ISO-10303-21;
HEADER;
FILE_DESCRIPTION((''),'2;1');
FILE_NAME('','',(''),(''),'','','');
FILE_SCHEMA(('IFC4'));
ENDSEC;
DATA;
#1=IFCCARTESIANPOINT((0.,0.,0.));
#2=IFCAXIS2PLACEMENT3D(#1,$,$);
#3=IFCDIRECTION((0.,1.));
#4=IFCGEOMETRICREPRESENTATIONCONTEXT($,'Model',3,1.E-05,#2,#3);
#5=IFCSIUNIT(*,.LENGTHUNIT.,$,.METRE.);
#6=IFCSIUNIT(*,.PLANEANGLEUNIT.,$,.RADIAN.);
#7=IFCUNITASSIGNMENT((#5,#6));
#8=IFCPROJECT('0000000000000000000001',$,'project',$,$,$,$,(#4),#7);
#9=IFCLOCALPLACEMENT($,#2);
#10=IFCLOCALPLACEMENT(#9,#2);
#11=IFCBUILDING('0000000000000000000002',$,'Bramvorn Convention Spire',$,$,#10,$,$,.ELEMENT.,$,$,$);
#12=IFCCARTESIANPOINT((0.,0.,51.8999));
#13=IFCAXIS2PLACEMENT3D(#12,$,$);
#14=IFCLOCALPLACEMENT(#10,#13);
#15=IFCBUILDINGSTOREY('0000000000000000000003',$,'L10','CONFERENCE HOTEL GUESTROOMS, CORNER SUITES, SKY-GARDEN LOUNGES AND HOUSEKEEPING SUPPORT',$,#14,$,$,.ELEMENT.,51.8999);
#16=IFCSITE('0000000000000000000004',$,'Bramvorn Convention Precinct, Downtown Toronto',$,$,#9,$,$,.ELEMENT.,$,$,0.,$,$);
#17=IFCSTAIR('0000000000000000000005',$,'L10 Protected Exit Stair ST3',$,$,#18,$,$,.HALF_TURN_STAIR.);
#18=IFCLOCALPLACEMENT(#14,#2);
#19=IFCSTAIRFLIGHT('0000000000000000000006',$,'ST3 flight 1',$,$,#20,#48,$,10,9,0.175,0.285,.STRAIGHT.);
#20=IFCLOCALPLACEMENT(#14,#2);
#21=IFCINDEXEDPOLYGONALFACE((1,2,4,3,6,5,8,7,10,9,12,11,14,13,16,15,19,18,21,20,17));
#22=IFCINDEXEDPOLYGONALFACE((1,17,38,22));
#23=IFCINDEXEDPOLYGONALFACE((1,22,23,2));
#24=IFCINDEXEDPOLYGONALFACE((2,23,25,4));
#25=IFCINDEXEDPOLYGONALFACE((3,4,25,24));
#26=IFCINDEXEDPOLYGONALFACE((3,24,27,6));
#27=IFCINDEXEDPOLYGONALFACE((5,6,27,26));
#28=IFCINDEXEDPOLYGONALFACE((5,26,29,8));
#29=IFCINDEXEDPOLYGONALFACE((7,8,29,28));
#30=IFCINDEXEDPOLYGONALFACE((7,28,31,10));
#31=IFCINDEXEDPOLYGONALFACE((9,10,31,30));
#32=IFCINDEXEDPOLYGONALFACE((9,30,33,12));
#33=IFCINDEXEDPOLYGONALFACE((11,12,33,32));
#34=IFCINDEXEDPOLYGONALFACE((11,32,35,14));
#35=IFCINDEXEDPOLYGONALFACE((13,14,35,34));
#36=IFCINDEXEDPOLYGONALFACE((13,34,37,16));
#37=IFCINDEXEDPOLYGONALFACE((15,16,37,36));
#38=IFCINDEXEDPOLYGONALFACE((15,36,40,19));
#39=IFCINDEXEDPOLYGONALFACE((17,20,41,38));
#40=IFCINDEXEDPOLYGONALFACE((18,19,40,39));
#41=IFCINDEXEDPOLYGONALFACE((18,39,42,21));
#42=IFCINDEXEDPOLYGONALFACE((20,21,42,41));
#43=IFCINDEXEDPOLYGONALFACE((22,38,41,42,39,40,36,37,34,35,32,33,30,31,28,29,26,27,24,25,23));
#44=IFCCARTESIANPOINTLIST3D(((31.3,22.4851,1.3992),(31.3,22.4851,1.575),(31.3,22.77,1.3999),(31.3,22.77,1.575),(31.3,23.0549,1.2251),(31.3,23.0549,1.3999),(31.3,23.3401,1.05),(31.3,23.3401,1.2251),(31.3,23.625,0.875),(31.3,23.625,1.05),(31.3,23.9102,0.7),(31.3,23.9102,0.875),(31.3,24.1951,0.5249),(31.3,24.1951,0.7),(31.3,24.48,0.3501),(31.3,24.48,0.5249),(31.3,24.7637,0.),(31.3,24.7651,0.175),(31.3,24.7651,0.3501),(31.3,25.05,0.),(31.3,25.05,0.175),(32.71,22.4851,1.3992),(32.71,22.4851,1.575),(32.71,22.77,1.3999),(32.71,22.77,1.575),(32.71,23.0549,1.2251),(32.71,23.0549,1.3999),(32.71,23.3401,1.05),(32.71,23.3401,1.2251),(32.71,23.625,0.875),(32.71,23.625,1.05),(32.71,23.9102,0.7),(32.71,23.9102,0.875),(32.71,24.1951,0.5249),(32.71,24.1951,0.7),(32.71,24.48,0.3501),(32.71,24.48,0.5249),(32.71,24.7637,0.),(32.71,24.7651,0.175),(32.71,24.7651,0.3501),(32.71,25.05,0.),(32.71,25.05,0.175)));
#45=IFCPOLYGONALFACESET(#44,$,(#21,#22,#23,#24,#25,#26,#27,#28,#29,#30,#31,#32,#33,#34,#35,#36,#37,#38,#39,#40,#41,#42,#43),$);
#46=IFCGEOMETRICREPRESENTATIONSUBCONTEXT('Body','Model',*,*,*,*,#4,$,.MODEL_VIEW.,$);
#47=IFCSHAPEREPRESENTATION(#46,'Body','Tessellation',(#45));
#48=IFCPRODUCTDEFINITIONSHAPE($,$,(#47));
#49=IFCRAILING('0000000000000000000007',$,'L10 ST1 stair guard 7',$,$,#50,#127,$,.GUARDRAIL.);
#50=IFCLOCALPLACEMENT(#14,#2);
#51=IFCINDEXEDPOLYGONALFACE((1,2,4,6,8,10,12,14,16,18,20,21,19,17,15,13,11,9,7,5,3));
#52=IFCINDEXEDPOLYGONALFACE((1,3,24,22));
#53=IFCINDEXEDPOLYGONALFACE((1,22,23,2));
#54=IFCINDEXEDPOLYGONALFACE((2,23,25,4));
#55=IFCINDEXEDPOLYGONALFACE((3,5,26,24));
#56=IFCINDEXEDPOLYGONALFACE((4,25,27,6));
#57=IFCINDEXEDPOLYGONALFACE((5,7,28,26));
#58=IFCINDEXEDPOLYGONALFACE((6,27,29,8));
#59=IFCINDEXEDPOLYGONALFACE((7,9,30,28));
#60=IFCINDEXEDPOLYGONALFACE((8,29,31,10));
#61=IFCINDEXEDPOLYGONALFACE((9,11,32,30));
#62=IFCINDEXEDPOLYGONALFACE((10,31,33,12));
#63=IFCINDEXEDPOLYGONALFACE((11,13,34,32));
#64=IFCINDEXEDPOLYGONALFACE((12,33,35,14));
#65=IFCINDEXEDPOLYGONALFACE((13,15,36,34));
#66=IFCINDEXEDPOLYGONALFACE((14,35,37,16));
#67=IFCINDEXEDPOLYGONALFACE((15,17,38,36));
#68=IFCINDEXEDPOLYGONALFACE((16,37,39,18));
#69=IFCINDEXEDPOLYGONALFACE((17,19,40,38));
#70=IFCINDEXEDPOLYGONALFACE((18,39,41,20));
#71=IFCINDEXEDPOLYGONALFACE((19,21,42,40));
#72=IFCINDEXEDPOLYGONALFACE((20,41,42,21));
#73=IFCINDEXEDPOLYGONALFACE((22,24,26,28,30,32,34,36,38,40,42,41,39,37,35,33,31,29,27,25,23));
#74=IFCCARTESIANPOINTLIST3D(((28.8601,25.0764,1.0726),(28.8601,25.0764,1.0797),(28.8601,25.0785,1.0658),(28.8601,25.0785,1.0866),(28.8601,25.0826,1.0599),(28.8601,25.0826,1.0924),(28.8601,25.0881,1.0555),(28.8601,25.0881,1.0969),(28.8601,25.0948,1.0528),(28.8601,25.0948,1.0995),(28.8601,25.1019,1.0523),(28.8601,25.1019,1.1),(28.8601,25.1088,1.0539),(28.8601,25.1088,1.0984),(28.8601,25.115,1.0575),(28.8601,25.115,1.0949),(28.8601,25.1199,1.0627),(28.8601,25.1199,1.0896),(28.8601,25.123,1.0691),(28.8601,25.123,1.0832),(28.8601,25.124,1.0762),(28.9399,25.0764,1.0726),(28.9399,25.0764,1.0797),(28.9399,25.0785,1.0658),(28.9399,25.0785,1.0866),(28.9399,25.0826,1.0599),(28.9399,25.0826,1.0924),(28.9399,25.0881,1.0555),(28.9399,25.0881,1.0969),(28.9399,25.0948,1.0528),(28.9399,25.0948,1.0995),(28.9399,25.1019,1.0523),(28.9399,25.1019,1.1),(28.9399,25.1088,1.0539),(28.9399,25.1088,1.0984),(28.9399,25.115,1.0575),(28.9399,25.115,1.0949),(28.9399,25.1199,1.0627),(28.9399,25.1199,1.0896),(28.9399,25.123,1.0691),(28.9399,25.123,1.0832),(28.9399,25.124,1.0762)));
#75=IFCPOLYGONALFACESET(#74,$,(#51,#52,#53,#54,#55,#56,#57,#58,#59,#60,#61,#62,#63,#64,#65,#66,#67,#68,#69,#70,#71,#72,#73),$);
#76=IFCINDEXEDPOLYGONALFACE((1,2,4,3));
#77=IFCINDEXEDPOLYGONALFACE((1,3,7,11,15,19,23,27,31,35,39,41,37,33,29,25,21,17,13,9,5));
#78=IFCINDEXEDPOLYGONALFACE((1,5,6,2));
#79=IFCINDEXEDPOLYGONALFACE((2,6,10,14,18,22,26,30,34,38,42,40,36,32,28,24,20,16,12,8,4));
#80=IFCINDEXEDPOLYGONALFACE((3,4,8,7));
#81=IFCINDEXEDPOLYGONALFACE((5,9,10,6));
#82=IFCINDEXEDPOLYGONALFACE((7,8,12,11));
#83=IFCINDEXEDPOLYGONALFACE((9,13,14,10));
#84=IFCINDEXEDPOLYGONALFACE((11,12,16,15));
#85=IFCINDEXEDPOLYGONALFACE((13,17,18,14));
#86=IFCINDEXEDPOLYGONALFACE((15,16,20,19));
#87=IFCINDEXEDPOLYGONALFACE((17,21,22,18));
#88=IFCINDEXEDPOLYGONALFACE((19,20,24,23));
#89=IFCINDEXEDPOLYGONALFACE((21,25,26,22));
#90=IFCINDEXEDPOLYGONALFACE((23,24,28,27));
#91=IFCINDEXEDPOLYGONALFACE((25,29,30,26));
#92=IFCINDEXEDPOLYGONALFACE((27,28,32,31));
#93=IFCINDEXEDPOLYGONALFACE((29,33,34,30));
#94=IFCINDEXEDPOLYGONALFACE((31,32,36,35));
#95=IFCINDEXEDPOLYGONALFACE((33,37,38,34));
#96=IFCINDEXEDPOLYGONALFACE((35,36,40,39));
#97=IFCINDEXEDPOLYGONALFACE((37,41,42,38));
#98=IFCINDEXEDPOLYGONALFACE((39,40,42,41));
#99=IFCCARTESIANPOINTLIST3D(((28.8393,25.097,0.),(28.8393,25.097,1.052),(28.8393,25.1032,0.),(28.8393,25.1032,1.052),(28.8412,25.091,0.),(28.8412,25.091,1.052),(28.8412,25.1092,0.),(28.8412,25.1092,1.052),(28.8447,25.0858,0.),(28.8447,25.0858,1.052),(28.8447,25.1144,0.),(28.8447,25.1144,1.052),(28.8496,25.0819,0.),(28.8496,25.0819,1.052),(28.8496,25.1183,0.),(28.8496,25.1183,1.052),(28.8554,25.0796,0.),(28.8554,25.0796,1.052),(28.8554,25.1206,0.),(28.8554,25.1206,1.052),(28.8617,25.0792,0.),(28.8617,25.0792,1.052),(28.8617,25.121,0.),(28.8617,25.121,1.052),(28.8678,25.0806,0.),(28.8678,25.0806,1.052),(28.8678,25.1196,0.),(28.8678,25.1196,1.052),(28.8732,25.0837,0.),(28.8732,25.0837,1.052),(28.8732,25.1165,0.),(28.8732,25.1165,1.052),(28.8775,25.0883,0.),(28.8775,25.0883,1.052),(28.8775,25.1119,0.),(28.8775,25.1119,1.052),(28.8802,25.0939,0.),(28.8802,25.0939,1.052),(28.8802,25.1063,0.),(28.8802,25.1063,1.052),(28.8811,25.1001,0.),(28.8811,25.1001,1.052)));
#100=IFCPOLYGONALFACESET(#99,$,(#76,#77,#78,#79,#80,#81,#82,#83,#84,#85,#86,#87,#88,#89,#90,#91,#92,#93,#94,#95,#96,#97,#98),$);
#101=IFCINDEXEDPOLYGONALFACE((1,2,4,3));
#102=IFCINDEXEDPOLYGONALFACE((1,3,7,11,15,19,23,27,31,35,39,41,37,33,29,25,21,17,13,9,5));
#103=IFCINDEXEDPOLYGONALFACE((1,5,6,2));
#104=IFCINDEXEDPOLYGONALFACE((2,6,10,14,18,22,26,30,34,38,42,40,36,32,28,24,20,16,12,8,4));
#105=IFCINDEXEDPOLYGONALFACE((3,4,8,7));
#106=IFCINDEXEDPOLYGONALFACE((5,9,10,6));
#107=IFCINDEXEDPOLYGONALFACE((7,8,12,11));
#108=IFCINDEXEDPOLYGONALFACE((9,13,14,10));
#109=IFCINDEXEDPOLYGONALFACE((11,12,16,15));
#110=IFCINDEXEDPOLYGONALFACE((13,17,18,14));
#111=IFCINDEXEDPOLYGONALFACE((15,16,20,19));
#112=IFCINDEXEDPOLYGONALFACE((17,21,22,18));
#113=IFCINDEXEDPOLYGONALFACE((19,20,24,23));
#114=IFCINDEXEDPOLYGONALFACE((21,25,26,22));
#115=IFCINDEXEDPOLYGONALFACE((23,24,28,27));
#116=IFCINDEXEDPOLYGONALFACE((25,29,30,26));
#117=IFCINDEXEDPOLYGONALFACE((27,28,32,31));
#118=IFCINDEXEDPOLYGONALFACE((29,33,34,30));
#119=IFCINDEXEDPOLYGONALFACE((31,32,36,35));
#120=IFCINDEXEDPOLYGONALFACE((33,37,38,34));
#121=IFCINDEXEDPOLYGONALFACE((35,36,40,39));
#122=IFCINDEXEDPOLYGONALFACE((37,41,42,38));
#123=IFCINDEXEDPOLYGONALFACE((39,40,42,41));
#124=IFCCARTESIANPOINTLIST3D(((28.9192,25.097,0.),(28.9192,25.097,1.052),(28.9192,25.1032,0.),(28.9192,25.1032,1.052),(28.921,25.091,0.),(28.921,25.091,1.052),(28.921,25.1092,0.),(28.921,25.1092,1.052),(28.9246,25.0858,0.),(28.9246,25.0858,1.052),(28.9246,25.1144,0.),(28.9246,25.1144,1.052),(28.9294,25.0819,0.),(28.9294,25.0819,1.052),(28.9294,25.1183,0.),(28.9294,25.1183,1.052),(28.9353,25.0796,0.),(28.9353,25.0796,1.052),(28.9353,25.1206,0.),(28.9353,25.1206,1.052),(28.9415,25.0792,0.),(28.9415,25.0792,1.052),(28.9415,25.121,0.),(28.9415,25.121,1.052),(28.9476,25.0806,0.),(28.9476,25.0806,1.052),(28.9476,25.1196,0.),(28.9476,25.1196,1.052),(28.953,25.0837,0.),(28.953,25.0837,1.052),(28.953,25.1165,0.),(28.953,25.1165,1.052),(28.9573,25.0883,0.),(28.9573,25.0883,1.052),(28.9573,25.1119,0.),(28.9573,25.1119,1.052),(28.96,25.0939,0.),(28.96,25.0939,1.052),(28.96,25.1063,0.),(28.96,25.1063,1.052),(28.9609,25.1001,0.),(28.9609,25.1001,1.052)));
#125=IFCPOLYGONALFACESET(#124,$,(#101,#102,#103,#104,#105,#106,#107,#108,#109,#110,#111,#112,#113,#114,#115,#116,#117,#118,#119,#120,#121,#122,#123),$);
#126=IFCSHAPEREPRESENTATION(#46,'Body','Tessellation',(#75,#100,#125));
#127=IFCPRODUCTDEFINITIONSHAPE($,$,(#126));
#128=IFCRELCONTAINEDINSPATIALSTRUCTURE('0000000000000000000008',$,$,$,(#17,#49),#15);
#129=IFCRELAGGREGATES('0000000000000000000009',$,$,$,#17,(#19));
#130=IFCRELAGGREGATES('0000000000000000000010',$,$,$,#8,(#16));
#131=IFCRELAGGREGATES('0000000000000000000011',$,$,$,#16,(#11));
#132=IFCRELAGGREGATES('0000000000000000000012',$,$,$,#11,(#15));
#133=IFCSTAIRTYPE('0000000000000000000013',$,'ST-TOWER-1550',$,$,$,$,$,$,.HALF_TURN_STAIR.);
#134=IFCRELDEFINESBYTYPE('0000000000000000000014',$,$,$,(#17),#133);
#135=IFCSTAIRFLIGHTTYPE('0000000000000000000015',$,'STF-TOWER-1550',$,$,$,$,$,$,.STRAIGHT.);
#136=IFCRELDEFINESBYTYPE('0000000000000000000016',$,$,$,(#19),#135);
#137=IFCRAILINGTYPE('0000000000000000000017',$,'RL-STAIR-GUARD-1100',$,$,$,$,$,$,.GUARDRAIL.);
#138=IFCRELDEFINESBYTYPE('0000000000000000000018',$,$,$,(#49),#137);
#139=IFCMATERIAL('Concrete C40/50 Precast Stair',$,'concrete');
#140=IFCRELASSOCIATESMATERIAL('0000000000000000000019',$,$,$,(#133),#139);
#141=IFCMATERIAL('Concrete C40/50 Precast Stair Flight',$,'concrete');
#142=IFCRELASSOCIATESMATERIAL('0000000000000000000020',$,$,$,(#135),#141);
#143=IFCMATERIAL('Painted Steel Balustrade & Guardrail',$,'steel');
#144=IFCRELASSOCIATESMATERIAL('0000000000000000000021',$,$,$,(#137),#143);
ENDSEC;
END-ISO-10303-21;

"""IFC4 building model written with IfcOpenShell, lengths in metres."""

from ifc_helpers import new_model, si_unit, direction, frame, origin, origin_2d, place, context, subcontext, project, spatial, polyline, circle, outline, extrude, material, type_object, element, aggregate, save


model = new_model("IFC4")

# Units and contexts
model_context = context("Model", 3, precision=1e-05, world=origin(), true_north=direction((0.0, 1.0)))
body_context = subcontext(model_context, "Body", "Model", "MODEL_VIEW")
ifc_project = project(units=[si_unit("LENGTHUNIT", "METRE"), si_unit("PLANEANGLEUNIT", "RADIAN")], contexts=[model_context])

# Site, building, storey
site_placement = place(None, origin())
site = spatial("IfcSite", under=ifc_project, at=site_placement, Name="Bramvorn Convention Precinct, Downtown Toronto", CompositionType="ELEMENT", RefElevation=0.0)
building_placement = place(site_placement, origin())
building = spatial("IfcBuilding", under=site, at=building_placement, Name="Bramvorn Convention Spire", CompositionType="ELEMENT")
storey_placement = place(building_placement, frame((0.0, 0.0, 51.8999)))
storey = spatial("IfcBuildingStorey", under=building, at=storey_placement, Name="L10", Description="CONFERENCE HOTEL GUESTROOMS, CORNER SUITES, SKY-GARDEN LOUNGES AND HOUSEKEEPING SUPPORT", CompositionType="ELEMENT", Elevation=51.8999)

# Stair, stair flight
ifc_material_1 = material(Name="Concrete C40/50 Precast Stair", Category="concrete")
stair_type = type_object("IfcStairType", Name="ST-TOWER-1550", PredefinedType="HALF_TURN_STAIR", material=ifc_material_1)
stair_placement = place(storey_placement, origin())
stair = element("IfcStair", 1, at=stair_placement, inside=storey, type_object=stair_type, Name="L10 Protected Exit Stair ST3", PredefinedType="HALF_TURN_STAIR")
ifc_material_2 = material(Name="Concrete C40/50 Precast Stair Flight", Category="concrete")
stair_flight_type = type_object("IfcStairFlightType", Name="STF-TOWER-1550", PredefinedType="STRAIGHT", material=ifc_material_2)
stair_flight_placement = place(storey_placement, frame((32.0049, 25.05, 0.0), z_axis=(0.0, 0.0, 1.0), x_axis=(0.0, -1.0, 0.0)))
stair_flight = element("IfcStairFlight", 2, at=stair_flight_placement, type_object=stair_flight_type, Name="ST3 flight 1", NumberOfRisers=10, NumberOfTreads=9, PredefinedType="STRAIGHT", RiserHeight=0.175, TreadLength=0.285, context=body_context, shape_type="SweptSolid", body=[
    extrude(outline(polyline([(0.0, 0.0), (0.0, 0.175), (0.2849, 0.175), (0.2849, 0.3501), (0.5701, 0.3501), (0.5701, 0.5249), (0.855, 0.5249), (0.855, 0.7), (1.1399, 0.7), (1.1399, 0.875), (1.425, 0.875), (1.425, 1.05), (1.71, 1.05), (1.71, 1.2251), (1.9951, 1.2251), (1.9951, 1.3999), (2.28, 1.3999), (2.28, 1.575), (2.5649, 1.575), (2.5649, 1.75), (2.5649, 1.3992), (0.2864, 0.0), (0.0, 0.0)])), frame((0.0, 0.7051, 0.0), z_axis=(0.0, -1.0, 0.0), x_axis=(1.0, 0.0, 0.0)), (0.0, 0.0, 1.0), 1.4099),
])
aggregate(stair, [stair_flight])

# Railing
ifc_material_3 = material(Name="Painted Steel Balustrade & Guardrail", Category="steel")
railing_type = type_object("IfcRailingType", Name="RL-STAIR-GUARD-1100", PredefinedType="GUARDRAIL", material=ifc_material_3)
railing_1_placement = place(storey_placement, frame((28.8601, 25.1001, 0.0)))
element("IfcRailing", 3, at=railing_1_placement, inside=storey, type_object=railing_type, Name="L10 ST1 stair guard 7", PredefinedType="GUARDRAIL", context=body_context, shape_type="SweptSolid", body=[
    extrude(circle(Radius=0.0239, at=origin_2d()), frame((0.0, 0.0, 1.0762), z_axis=(1.0, 0.0, 0.0), x_axis=(0.0, 1.0, 0.0)), (0.0, 0.0, 1.0), 0.0798),
    extrude(circle(Radius=0.021, at=origin_2d()), origin(), (0.0, 0.0, 1.0), 1.052),
    extrude(circle(Radius=0.021, at=origin_2d()), frame((0.0798, 0.0, 0.0)), (0.0, 0.0, 1.0), 1.052),
])

save(model, "model.ifc")
